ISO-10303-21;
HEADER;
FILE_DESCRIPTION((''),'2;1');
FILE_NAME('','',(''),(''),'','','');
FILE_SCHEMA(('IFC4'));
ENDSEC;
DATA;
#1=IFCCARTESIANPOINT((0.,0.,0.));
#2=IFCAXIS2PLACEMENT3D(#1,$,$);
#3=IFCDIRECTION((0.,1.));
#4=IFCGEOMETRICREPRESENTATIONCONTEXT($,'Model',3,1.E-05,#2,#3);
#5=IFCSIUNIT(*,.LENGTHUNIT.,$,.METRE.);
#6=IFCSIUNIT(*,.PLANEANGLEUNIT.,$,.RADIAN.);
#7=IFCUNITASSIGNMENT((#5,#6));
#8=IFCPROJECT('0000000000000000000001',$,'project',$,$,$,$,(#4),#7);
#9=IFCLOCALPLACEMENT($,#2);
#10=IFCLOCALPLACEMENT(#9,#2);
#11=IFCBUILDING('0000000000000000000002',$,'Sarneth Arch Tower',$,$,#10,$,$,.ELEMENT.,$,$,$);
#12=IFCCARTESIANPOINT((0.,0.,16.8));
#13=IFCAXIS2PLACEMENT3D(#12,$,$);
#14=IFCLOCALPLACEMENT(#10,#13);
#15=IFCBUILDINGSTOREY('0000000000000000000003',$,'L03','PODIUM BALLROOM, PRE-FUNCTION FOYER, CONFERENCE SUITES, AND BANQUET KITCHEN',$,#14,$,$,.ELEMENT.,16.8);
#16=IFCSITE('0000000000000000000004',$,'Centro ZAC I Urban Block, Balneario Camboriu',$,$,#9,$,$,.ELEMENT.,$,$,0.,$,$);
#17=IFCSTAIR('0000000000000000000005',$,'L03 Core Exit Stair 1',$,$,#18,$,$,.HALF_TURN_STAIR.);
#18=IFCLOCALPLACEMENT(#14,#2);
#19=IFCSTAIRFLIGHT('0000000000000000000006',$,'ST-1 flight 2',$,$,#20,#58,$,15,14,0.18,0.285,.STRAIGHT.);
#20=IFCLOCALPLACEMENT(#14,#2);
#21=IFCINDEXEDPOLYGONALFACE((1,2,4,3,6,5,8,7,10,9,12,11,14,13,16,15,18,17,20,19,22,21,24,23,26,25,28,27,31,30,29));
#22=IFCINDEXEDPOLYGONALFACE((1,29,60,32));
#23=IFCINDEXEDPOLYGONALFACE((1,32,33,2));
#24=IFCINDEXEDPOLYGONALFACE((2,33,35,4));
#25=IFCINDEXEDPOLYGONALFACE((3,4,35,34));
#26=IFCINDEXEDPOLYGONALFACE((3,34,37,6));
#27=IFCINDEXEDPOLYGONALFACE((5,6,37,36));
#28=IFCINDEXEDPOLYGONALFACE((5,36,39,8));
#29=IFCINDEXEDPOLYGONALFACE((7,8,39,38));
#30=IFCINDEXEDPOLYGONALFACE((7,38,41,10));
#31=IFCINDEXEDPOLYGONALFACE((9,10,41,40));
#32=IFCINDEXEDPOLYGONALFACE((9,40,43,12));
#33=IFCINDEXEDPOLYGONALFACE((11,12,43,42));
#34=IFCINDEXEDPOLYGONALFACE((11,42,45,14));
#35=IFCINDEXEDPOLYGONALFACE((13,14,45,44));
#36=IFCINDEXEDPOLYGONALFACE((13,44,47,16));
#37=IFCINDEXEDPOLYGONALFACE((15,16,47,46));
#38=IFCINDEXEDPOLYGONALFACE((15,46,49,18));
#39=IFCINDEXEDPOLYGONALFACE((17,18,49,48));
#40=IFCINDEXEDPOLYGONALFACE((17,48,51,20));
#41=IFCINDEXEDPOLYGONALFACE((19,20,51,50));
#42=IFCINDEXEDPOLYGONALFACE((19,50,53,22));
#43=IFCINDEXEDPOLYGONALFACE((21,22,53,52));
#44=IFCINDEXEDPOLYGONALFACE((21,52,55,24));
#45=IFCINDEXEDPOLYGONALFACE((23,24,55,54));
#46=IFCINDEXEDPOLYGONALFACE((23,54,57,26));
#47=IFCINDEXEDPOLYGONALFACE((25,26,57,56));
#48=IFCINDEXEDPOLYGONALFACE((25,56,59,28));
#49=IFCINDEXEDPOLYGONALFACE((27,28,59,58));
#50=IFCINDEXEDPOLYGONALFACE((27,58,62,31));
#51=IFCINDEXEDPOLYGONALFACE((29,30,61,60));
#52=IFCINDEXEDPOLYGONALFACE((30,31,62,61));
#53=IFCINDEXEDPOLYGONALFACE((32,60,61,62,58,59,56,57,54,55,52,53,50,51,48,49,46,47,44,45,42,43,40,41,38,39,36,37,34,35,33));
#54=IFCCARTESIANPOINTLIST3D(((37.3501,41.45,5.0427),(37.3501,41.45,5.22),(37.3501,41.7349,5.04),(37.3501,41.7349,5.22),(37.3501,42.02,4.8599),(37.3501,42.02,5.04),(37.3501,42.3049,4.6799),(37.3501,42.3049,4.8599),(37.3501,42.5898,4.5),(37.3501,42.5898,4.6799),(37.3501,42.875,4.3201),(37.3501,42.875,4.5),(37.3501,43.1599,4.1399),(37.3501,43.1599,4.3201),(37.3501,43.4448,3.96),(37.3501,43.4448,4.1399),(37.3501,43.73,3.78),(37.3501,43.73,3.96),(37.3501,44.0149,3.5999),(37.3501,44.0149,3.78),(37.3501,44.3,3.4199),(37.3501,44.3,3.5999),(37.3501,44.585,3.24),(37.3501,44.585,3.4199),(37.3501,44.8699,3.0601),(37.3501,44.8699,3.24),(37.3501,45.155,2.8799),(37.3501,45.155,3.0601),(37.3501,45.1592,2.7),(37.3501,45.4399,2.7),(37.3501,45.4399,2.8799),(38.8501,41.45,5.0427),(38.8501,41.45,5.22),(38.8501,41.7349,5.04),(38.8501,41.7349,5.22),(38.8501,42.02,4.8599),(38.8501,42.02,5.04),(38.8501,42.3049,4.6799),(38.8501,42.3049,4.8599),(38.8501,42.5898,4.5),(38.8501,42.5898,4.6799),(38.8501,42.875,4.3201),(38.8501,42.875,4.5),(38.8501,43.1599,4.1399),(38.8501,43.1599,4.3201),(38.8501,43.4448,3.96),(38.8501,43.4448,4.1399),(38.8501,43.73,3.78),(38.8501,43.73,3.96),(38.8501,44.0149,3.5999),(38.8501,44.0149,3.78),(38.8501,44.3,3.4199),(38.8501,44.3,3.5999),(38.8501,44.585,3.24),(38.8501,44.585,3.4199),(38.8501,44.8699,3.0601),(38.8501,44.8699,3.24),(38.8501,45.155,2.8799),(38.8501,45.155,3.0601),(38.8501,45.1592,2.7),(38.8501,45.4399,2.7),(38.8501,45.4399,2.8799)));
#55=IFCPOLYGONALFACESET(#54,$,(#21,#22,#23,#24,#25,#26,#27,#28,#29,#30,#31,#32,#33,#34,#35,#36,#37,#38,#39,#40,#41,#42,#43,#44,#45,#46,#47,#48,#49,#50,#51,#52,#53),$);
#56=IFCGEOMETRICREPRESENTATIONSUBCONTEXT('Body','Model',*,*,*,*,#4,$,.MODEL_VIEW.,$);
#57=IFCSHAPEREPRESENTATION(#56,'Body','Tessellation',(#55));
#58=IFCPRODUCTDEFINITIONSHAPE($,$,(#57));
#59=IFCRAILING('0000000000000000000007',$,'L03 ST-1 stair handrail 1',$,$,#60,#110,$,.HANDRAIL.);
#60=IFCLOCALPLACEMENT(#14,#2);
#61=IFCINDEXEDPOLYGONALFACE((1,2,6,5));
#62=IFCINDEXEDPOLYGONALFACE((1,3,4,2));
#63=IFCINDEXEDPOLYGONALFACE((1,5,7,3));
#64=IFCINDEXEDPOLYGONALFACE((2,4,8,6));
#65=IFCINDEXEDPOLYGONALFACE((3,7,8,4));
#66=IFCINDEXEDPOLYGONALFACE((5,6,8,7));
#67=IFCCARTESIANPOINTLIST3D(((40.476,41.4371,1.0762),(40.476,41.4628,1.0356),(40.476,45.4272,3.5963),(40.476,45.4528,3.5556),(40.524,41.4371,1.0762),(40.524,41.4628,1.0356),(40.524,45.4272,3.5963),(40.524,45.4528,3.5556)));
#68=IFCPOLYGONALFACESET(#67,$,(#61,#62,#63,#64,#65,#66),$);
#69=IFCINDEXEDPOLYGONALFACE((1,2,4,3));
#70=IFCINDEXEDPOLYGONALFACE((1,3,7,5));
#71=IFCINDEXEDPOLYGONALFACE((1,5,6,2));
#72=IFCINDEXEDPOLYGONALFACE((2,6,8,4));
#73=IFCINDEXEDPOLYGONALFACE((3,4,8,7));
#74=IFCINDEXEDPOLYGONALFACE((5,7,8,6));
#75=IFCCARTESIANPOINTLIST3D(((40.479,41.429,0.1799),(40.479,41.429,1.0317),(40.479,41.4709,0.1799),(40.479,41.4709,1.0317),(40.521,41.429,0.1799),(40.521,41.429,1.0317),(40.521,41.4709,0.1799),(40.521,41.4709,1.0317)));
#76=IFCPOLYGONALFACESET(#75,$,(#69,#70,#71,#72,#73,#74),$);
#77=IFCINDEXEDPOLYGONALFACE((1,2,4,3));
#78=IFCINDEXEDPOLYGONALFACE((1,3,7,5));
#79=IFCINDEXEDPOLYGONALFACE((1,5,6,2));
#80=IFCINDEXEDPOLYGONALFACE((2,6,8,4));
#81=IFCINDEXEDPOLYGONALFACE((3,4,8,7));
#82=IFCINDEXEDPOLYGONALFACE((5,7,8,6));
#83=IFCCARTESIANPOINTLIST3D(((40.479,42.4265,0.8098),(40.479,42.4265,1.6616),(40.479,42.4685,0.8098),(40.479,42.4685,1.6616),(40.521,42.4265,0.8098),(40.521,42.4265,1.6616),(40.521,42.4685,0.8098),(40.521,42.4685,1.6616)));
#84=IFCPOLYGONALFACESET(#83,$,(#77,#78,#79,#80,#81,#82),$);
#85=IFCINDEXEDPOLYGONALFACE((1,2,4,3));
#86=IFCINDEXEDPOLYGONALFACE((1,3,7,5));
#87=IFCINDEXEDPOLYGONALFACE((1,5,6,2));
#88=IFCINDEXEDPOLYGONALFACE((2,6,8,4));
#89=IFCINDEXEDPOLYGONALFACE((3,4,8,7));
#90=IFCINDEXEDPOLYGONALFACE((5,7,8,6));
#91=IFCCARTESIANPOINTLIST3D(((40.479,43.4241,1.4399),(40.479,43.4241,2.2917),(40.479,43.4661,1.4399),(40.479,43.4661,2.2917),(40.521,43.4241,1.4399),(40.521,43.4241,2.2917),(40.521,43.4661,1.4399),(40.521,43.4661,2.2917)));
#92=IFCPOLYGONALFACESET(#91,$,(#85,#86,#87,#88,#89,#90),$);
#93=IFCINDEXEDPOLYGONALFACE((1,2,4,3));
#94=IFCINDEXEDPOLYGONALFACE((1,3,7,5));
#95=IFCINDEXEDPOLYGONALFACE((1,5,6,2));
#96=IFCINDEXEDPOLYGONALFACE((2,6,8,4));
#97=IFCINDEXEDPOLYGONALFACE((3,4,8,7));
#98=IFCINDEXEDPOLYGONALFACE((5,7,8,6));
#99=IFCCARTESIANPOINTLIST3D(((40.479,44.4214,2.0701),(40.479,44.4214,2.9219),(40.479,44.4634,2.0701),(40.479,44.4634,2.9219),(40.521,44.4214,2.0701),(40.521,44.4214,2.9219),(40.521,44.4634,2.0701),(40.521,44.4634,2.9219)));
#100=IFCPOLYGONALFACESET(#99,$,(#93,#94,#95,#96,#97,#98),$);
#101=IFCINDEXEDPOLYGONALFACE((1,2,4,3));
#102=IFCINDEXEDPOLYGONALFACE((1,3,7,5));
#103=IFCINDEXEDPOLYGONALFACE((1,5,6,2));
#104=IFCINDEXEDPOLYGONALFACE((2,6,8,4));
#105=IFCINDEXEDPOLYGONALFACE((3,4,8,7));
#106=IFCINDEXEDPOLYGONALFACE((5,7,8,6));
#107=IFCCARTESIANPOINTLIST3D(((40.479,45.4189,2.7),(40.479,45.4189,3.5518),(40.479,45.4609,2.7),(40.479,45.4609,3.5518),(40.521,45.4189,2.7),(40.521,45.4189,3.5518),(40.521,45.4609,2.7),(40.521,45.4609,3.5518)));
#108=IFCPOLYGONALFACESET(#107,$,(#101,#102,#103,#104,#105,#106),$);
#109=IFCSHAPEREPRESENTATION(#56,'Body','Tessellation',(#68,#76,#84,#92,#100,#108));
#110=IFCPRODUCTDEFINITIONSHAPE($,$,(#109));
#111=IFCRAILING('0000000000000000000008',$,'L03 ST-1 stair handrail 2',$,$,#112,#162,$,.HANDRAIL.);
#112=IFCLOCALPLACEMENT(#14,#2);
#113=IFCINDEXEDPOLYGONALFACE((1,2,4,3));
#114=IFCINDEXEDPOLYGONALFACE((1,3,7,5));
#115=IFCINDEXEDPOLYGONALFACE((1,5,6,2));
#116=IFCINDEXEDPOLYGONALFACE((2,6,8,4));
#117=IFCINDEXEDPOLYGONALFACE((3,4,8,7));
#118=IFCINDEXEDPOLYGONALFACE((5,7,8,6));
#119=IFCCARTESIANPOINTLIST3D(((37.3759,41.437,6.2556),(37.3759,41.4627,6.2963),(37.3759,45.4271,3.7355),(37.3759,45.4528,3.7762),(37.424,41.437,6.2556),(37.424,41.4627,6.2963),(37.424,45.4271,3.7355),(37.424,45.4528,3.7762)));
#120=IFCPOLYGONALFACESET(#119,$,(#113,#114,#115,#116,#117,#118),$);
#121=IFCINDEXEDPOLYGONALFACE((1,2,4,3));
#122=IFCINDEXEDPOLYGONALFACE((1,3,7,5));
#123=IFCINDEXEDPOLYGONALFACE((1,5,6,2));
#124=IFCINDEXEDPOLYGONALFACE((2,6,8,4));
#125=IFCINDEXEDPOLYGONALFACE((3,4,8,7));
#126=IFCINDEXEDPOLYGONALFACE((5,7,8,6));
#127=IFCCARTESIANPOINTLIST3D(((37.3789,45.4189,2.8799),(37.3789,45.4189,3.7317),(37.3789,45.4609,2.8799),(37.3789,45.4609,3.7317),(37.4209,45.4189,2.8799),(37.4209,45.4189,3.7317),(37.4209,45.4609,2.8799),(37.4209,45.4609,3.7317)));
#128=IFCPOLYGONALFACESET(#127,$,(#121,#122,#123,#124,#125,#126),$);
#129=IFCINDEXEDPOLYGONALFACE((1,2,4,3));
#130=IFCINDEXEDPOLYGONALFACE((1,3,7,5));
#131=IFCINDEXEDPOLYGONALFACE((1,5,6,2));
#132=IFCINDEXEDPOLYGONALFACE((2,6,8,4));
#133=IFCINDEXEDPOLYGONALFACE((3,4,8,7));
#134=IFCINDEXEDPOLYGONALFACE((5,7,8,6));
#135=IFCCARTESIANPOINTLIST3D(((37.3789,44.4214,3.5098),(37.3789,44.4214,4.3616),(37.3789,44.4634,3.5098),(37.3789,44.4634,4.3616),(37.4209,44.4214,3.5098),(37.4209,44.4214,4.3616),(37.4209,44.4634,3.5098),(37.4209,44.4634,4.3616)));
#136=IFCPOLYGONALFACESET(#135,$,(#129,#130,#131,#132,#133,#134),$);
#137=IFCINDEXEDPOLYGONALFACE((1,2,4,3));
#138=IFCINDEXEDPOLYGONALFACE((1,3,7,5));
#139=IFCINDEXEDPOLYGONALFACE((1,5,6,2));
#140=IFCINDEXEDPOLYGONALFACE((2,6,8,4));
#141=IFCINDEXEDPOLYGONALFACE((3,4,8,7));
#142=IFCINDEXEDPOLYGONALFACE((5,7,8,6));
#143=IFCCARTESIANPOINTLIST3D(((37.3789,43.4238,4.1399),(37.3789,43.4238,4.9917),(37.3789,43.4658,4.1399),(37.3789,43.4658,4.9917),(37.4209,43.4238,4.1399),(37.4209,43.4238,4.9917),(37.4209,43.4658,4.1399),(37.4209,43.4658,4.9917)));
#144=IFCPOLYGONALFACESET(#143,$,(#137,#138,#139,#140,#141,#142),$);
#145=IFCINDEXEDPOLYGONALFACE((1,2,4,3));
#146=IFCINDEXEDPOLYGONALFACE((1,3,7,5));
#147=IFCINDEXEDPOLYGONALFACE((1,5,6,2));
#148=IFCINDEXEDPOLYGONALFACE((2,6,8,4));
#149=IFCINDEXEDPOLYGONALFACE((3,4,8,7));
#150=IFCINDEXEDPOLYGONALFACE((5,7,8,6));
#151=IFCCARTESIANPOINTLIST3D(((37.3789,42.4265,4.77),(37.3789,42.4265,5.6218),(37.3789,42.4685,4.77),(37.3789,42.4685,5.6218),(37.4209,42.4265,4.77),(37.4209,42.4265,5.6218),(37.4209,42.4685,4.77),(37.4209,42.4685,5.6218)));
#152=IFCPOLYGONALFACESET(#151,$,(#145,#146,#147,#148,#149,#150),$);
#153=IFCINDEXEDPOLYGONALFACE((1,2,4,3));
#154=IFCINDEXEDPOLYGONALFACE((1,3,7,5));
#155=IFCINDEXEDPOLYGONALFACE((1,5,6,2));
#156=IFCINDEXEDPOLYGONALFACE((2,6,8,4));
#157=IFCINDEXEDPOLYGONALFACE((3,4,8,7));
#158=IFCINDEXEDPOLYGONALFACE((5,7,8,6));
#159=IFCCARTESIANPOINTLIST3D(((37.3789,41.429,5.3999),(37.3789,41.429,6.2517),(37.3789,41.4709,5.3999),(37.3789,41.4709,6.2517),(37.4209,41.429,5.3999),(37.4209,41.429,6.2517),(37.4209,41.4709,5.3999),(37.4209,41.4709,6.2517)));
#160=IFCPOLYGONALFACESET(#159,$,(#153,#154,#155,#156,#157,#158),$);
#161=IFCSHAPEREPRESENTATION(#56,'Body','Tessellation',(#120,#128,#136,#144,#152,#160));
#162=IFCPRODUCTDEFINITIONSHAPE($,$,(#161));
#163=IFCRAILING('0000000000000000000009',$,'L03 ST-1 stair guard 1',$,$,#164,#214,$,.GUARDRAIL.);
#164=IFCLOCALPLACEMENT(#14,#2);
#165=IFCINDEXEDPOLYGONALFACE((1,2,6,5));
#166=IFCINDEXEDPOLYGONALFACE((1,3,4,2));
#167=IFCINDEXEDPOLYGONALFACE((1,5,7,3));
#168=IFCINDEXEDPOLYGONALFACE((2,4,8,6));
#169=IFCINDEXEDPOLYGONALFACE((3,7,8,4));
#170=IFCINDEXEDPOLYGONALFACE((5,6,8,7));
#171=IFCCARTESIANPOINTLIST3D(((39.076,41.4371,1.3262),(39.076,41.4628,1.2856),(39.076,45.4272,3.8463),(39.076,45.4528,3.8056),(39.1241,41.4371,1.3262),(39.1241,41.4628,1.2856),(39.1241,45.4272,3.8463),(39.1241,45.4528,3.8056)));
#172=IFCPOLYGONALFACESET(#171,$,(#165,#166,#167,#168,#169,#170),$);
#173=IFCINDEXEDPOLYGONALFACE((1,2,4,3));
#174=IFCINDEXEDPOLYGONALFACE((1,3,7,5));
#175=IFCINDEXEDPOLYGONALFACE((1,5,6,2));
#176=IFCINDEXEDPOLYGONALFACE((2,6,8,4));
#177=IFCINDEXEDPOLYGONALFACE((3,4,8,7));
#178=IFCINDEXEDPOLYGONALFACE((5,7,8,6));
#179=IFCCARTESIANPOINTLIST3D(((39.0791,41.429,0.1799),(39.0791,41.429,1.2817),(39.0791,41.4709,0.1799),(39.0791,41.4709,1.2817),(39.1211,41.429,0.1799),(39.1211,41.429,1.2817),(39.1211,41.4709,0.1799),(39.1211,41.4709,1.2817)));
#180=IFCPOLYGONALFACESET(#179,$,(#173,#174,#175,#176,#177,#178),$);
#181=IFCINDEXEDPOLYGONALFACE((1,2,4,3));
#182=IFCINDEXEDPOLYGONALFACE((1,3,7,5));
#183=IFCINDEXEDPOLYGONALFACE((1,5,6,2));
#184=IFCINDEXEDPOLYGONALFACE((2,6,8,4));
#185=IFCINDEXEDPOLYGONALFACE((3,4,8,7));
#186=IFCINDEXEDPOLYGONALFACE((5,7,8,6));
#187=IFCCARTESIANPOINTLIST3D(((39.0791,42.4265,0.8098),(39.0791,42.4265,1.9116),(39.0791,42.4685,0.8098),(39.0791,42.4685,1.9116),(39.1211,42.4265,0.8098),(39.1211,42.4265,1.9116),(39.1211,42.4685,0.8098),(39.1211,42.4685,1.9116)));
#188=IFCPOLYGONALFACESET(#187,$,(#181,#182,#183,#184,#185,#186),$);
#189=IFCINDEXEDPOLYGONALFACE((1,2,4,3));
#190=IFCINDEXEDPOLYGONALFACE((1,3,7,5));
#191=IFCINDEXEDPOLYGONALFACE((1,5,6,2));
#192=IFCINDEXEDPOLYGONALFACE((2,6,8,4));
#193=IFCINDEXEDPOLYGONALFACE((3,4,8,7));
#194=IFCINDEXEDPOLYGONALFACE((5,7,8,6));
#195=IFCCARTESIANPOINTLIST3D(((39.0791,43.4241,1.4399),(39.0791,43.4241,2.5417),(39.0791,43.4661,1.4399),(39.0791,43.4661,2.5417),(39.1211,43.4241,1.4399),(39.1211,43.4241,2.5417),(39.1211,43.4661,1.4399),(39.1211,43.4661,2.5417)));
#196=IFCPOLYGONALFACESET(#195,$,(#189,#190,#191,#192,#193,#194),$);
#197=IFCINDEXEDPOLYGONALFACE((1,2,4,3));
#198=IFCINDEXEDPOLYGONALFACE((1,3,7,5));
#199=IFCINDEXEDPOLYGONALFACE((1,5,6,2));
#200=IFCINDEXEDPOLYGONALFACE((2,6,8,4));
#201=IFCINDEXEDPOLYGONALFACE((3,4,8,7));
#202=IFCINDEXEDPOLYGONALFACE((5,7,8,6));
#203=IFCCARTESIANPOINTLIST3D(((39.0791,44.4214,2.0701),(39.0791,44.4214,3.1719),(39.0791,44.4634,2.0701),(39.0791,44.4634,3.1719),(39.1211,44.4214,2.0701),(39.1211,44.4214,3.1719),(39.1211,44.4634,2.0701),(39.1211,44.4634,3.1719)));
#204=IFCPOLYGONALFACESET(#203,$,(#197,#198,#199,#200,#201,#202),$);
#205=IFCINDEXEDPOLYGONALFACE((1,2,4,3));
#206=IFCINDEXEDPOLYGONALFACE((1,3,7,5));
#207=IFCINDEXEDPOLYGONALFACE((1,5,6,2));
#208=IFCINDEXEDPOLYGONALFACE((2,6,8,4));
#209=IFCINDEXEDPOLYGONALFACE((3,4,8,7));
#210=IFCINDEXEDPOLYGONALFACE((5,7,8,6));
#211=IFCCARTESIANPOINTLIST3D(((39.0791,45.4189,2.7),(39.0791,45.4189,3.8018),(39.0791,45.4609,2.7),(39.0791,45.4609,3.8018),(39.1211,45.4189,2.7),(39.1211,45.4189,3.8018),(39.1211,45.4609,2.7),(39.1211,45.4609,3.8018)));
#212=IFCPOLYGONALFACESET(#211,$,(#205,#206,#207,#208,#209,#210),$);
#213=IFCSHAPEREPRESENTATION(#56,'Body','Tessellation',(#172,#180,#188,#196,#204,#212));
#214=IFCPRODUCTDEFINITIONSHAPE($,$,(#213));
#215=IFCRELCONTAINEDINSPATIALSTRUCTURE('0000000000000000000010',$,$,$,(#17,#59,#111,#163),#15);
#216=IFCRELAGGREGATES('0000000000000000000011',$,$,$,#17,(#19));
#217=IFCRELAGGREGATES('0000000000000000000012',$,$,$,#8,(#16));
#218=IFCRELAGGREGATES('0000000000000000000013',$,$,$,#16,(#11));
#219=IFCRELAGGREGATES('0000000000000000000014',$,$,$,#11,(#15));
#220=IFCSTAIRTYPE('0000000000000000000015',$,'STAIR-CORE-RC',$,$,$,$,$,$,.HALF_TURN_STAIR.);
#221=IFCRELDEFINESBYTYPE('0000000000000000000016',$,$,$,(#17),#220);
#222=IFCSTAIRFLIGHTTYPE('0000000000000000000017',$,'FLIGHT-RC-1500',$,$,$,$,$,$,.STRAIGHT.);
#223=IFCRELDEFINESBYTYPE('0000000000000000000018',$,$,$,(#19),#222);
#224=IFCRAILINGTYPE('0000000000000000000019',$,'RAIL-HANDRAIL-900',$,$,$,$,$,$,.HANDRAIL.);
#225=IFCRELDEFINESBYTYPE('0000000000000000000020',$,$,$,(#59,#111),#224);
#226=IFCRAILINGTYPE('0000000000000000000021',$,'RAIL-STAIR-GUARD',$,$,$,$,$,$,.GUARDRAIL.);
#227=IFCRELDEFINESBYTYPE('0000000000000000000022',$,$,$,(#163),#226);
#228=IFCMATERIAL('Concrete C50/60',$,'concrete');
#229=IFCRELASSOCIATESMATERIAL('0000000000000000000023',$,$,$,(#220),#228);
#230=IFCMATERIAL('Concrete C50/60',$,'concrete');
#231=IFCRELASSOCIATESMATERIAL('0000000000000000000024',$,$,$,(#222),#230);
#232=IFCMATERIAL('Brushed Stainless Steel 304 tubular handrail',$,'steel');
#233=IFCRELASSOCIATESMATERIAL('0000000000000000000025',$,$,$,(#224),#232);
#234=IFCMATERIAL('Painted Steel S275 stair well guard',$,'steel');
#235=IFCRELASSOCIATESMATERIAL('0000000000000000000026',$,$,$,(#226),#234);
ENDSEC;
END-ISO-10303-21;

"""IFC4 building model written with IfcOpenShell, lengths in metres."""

from ifc_helpers import new_model, si_unit, direction, frame, origin, origin_2d, place, context, subcontext, project, spatial, polyline, rectangle, outline, extrude, material, type_object, element, aggregate, save


model = new_model("IFC4")

# Units and contexts
model_context = context("Model", 3, precision=1e-05, world=origin(), true_north=direction((0.0, 1.0)))
body_context = subcontext(model_context, "Body", "Model", "MODEL_VIEW")
ifc_project = project(units=[si_unit("LENGTHUNIT", "METRE"), si_unit("PLANEANGLEUNIT", "RADIAN")], contexts=[model_context])

# Site, building, storey
site_placement = place(None, origin())
site = spatial("IfcSite", under=ifc_project, at=site_placement, Name="Centro ZAC I Urban Block, Balneario Camboriu", CompositionType="ELEMENT", RefElevation=0.0)
building_placement = place(site_placement, origin())
building = spatial("IfcBuilding", under=site, at=building_placement, Name="Sarneth Arch Tower", CompositionType="ELEMENT")
storey_placement = place(building_placement, frame((0.0, 0.0, 16.8)))
storey = spatial("IfcBuildingStorey", under=building, at=storey_placement, Name="L03", Description="PODIUM BALLROOM, PRE-FUNCTION FOYER, CONFERENCE SUITES, AND BANQUET KITCHEN", CompositionType="ELEMENT", Elevation=16.8)

# Stair, stair flight
ifc_material_1 = material(Name="Concrete C50/60", Category="concrete")
stair_type = type_object("IfcStairType", Name="STAIR-CORE-RC", PredefinedType="HALF_TURN_STAIR", material=ifc_material_1)
stair_placement = place(storey_placement, origin())
stair = element("IfcStair", 1, at=stair_placement, inside=storey, type_object=stair_type, Name="L03 Core Exit Stair 1", PredefinedType="HALF_TURN_STAIR")
ifc_material_2 = material(Name="Concrete C50/60", Category="concrete")
stair_flight_type = type_object("IfcStairFlightType", Name="FLIGHT-RC-1500", PredefinedType="STRAIGHT", material=ifc_material_2)
stair_flight_1_placement = place(storey_placement, frame((38.1001, 45.4399, 2.7), z_axis=(0.0, 0.0, 1.0), x_axis=(0.0, -1.0, 0.0)))
stair_flight_1 = element("IfcStairFlight", 2, at=stair_flight_1_placement, type_object=stair_flight_type, Name="ST-1 flight 2", NumberOfRisers=15, NumberOfTreads=14, PredefinedType="STRAIGHT", RiserHeight=0.18, TreadLength=0.285, context=body_context, shape_type="SweptSolid", body=[
    extrude(outline(polyline([(0.0, 0.0), (0.0, 0.1799), (0.2849, 0.1799), (0.2849, 0.3601), (0.5701, 0.3601), (0.5701, 0.54), (0.855, 0.54), (0.855, 0.72), (1.1399, 0.72), (1.1399, 0.8999), (1.425, 0.8999), (1.425, 1.0801), (1.71, 1.0801), (1.71, 1.26), (1.9951, 1.26), (1.9951, 1.4399), (2.28, 1.4399), (2.28, 1.6201), (2.5649, 1.6201), (2.5649, 1.8), (2.8501, 1.8), (2.8501, 1.98), (3.135, 1.98), (3.135, 2.1599), (3.4199, 2.1599), (3.4199, 2.3401), (3.7051, 2.3401), (3.7051, 2.52), (3.99, 2.52), (3.99, 2.7), (3.99, 2.3428), (0.2808, 0.0), (0.0, 0.0)])), frame((0.0, 0.75, 0.0), z_axis=(0.0, -1.0, 0.0), x_axis=(1.0, 0.0, 0.0)), (0.0, 0.0, 1.0), 1.5),
])
aggregate(stair, [stair_flight_1])

# Railings
ifc_material_3 = material(Name="Brushed Stainless Steel 304 tubular handrail", Category="steel")
railing_type_1 = type_object("IfcRailingType", Name="RAIL-HANDRAIL-900", PredefinedType="HANDRAIL", material=ifc_material_3)
railing_1_placement = place(storey_placement, frame((40.5, 41.45, 0.1799)))
element("IfcRailing", 3, at=railing_1_placement, inside=storey, type_object=railing_type_1, Name="L03 ST-1 stair handrail 1", PredefinedType="HANDRAIL", context=body_context, shape_type="SweptSolid", body=[
    extrude(rectangle(XDim=0.0481, YDim=0.0481, at=origin_2d()), frame((0.0, 0.0, 0.876), z_axis=(0.0, 0.845486, 0.533997), x_axis=(-1.0, 0.0, 0.0)), (0.0, 0.0, 1.0), 4.7192),
    extrude(rectangle(XDim=0.042, YDim=0.042, at=origin_2d()), origin(), (0.0, 0.0, 1.0), 0.8518),
    extrude(rectangle(XDim=0.042, YDim=0.042, at=origin_2d()), frame((0.0, 0.9976, 0.6299)), (0.0, 0.0, 1.0), 0.8518),
    extrude(rectangle(XDim=0.042, YDim=0.042, at=origin_2d()), frame((0.0, 1.9951, 1.26)), (0.0, 0.0, 1.0), 0.8518),
    extrude(rectangle(XDim=0.042, YDim=0.042, at=origin_2d()), frame((0.0, 2.9924, 1.8901)), (0.0, 0.0, 1.0), 0.8518),
    extrude(rectangle(XDim=0.042, YDim=0.042, at=origin_2d()), frame((0.0, 3.99, 2.52)), (0.0, 0.0, 1.0), 0.8518),
])
railing_2_placement = place(storey_placement, frame((37.3999, 45.4399, 2.8799)))
element("IfcRailing", 4, at=railing_2_placement, inside=storey, type_object=railing_type_1, Name="L03 ST-1 stair handrail 2", PredefinedType="HANDRAIL", context=body_context, shape_type="SweptSolid", body=[
    extrude(rectangle(XDim=0.0481, YDim=0.0481, at=origin_2d()), frame((0.0, 0.0, 0.876), z_axis=(0.0, -0.845486, 0.533997), x_axis=(1.0, 0.0, 0.0)), (0.0, 0.0, 1.0), 4.7192),
    extrude(rectangle(XDim=0.042, YDim=0.042, at=origin_2d()), origin(), (0.0, 0.0, 1.0), 0.8518),
    extrude(rectangle(XDim=0.042, YDim=0.042, at=origin_2d()), frame((0.0, -0.9976, 0.6299)), (0.0, 0.0, 1.0), 0.8518),
    extrude(rectangle(XDim=0.042, YDim=0.042, at=origin_2d()), frame((0.0, -1.9951, 1.26)), (0.0, 0.0, 1.0), 0.8518),
    extrude(rectangle(XDim=0.042, YDim=0.042, at=origin_2d()), frame((0.0, -2.9924, 1.8901)), (0.0, 0.0, 1.0), 0.8518),
    extrude(rectangle(XDim=0.042, YDim=0.042, at=origin_2d()), frame((0.0, -3.99, 2.52)), (0.0, 0.0, 1.0), 0.8518),
])
ifc_material_4 = material(Name="Painted Steel S275 stair well guard", Category="steel")
railing_type_2 = type_object("IfcRailingType", Name="RAIL-STAIR-GUARD", PredefinedType="GUARDRAIL", material=ifc_material_4)
railing_3_placement = place(storey_placement, frame((39.1001, 41.45, 0.1799)))
element("IfcRailing", 5, at=railing_3_placement, inside=storey, type_object=railing_type_2, Name="L03 ST-1 stair guard 1", PredefinedType="GUARDRAIL", context=body_context, shape_type="SweptSolid", body=[
    extrude(rectangle(XDim=0.0481, YDim=0.0481, at=origin_2d()), frame((0.0, 0.0, 1.126), z_axis=(0.0, 0.845486, 0.533997), x_axis=(-1.0, 0.0, 0.0)), (0.0, 0.0, 1.0), 4.7192),
    extrude(rectangle(XDim=0.042, YDim=0.042, at=origin_2d()), origin(), (0.0, 0.0, 1.0), 1.1018),
    extrude(rectangle(XDim=0.042, YDim=0.042, at=origin_2d()), frame((0.0, 0.9976, 0.6299)), (0.0, 0.0, 1.0), 1.1018),
    extrude(rectangle(XDim=0.042, YDim=0.042, at=origin_2d()), frame((0.0, 1.9951, 1.26)), (0.0, 0.0, 1.0), 1.1018),
    extrude(rectangle(XDim=0.042, YDim=0.042, at=origin_2d()), frame((0.0, 2.9924, 1.8901)), (0.0, 0.0, 1.0), 1.1018),
    extrude(rectangle(XDim=0.042, YDim=0.042, at=origin_2d()), frame((0.0, 3.99, 2.52)), (0.0, 0.0, 1.0), 1.1018),
])

save(model, "model.ifc")
